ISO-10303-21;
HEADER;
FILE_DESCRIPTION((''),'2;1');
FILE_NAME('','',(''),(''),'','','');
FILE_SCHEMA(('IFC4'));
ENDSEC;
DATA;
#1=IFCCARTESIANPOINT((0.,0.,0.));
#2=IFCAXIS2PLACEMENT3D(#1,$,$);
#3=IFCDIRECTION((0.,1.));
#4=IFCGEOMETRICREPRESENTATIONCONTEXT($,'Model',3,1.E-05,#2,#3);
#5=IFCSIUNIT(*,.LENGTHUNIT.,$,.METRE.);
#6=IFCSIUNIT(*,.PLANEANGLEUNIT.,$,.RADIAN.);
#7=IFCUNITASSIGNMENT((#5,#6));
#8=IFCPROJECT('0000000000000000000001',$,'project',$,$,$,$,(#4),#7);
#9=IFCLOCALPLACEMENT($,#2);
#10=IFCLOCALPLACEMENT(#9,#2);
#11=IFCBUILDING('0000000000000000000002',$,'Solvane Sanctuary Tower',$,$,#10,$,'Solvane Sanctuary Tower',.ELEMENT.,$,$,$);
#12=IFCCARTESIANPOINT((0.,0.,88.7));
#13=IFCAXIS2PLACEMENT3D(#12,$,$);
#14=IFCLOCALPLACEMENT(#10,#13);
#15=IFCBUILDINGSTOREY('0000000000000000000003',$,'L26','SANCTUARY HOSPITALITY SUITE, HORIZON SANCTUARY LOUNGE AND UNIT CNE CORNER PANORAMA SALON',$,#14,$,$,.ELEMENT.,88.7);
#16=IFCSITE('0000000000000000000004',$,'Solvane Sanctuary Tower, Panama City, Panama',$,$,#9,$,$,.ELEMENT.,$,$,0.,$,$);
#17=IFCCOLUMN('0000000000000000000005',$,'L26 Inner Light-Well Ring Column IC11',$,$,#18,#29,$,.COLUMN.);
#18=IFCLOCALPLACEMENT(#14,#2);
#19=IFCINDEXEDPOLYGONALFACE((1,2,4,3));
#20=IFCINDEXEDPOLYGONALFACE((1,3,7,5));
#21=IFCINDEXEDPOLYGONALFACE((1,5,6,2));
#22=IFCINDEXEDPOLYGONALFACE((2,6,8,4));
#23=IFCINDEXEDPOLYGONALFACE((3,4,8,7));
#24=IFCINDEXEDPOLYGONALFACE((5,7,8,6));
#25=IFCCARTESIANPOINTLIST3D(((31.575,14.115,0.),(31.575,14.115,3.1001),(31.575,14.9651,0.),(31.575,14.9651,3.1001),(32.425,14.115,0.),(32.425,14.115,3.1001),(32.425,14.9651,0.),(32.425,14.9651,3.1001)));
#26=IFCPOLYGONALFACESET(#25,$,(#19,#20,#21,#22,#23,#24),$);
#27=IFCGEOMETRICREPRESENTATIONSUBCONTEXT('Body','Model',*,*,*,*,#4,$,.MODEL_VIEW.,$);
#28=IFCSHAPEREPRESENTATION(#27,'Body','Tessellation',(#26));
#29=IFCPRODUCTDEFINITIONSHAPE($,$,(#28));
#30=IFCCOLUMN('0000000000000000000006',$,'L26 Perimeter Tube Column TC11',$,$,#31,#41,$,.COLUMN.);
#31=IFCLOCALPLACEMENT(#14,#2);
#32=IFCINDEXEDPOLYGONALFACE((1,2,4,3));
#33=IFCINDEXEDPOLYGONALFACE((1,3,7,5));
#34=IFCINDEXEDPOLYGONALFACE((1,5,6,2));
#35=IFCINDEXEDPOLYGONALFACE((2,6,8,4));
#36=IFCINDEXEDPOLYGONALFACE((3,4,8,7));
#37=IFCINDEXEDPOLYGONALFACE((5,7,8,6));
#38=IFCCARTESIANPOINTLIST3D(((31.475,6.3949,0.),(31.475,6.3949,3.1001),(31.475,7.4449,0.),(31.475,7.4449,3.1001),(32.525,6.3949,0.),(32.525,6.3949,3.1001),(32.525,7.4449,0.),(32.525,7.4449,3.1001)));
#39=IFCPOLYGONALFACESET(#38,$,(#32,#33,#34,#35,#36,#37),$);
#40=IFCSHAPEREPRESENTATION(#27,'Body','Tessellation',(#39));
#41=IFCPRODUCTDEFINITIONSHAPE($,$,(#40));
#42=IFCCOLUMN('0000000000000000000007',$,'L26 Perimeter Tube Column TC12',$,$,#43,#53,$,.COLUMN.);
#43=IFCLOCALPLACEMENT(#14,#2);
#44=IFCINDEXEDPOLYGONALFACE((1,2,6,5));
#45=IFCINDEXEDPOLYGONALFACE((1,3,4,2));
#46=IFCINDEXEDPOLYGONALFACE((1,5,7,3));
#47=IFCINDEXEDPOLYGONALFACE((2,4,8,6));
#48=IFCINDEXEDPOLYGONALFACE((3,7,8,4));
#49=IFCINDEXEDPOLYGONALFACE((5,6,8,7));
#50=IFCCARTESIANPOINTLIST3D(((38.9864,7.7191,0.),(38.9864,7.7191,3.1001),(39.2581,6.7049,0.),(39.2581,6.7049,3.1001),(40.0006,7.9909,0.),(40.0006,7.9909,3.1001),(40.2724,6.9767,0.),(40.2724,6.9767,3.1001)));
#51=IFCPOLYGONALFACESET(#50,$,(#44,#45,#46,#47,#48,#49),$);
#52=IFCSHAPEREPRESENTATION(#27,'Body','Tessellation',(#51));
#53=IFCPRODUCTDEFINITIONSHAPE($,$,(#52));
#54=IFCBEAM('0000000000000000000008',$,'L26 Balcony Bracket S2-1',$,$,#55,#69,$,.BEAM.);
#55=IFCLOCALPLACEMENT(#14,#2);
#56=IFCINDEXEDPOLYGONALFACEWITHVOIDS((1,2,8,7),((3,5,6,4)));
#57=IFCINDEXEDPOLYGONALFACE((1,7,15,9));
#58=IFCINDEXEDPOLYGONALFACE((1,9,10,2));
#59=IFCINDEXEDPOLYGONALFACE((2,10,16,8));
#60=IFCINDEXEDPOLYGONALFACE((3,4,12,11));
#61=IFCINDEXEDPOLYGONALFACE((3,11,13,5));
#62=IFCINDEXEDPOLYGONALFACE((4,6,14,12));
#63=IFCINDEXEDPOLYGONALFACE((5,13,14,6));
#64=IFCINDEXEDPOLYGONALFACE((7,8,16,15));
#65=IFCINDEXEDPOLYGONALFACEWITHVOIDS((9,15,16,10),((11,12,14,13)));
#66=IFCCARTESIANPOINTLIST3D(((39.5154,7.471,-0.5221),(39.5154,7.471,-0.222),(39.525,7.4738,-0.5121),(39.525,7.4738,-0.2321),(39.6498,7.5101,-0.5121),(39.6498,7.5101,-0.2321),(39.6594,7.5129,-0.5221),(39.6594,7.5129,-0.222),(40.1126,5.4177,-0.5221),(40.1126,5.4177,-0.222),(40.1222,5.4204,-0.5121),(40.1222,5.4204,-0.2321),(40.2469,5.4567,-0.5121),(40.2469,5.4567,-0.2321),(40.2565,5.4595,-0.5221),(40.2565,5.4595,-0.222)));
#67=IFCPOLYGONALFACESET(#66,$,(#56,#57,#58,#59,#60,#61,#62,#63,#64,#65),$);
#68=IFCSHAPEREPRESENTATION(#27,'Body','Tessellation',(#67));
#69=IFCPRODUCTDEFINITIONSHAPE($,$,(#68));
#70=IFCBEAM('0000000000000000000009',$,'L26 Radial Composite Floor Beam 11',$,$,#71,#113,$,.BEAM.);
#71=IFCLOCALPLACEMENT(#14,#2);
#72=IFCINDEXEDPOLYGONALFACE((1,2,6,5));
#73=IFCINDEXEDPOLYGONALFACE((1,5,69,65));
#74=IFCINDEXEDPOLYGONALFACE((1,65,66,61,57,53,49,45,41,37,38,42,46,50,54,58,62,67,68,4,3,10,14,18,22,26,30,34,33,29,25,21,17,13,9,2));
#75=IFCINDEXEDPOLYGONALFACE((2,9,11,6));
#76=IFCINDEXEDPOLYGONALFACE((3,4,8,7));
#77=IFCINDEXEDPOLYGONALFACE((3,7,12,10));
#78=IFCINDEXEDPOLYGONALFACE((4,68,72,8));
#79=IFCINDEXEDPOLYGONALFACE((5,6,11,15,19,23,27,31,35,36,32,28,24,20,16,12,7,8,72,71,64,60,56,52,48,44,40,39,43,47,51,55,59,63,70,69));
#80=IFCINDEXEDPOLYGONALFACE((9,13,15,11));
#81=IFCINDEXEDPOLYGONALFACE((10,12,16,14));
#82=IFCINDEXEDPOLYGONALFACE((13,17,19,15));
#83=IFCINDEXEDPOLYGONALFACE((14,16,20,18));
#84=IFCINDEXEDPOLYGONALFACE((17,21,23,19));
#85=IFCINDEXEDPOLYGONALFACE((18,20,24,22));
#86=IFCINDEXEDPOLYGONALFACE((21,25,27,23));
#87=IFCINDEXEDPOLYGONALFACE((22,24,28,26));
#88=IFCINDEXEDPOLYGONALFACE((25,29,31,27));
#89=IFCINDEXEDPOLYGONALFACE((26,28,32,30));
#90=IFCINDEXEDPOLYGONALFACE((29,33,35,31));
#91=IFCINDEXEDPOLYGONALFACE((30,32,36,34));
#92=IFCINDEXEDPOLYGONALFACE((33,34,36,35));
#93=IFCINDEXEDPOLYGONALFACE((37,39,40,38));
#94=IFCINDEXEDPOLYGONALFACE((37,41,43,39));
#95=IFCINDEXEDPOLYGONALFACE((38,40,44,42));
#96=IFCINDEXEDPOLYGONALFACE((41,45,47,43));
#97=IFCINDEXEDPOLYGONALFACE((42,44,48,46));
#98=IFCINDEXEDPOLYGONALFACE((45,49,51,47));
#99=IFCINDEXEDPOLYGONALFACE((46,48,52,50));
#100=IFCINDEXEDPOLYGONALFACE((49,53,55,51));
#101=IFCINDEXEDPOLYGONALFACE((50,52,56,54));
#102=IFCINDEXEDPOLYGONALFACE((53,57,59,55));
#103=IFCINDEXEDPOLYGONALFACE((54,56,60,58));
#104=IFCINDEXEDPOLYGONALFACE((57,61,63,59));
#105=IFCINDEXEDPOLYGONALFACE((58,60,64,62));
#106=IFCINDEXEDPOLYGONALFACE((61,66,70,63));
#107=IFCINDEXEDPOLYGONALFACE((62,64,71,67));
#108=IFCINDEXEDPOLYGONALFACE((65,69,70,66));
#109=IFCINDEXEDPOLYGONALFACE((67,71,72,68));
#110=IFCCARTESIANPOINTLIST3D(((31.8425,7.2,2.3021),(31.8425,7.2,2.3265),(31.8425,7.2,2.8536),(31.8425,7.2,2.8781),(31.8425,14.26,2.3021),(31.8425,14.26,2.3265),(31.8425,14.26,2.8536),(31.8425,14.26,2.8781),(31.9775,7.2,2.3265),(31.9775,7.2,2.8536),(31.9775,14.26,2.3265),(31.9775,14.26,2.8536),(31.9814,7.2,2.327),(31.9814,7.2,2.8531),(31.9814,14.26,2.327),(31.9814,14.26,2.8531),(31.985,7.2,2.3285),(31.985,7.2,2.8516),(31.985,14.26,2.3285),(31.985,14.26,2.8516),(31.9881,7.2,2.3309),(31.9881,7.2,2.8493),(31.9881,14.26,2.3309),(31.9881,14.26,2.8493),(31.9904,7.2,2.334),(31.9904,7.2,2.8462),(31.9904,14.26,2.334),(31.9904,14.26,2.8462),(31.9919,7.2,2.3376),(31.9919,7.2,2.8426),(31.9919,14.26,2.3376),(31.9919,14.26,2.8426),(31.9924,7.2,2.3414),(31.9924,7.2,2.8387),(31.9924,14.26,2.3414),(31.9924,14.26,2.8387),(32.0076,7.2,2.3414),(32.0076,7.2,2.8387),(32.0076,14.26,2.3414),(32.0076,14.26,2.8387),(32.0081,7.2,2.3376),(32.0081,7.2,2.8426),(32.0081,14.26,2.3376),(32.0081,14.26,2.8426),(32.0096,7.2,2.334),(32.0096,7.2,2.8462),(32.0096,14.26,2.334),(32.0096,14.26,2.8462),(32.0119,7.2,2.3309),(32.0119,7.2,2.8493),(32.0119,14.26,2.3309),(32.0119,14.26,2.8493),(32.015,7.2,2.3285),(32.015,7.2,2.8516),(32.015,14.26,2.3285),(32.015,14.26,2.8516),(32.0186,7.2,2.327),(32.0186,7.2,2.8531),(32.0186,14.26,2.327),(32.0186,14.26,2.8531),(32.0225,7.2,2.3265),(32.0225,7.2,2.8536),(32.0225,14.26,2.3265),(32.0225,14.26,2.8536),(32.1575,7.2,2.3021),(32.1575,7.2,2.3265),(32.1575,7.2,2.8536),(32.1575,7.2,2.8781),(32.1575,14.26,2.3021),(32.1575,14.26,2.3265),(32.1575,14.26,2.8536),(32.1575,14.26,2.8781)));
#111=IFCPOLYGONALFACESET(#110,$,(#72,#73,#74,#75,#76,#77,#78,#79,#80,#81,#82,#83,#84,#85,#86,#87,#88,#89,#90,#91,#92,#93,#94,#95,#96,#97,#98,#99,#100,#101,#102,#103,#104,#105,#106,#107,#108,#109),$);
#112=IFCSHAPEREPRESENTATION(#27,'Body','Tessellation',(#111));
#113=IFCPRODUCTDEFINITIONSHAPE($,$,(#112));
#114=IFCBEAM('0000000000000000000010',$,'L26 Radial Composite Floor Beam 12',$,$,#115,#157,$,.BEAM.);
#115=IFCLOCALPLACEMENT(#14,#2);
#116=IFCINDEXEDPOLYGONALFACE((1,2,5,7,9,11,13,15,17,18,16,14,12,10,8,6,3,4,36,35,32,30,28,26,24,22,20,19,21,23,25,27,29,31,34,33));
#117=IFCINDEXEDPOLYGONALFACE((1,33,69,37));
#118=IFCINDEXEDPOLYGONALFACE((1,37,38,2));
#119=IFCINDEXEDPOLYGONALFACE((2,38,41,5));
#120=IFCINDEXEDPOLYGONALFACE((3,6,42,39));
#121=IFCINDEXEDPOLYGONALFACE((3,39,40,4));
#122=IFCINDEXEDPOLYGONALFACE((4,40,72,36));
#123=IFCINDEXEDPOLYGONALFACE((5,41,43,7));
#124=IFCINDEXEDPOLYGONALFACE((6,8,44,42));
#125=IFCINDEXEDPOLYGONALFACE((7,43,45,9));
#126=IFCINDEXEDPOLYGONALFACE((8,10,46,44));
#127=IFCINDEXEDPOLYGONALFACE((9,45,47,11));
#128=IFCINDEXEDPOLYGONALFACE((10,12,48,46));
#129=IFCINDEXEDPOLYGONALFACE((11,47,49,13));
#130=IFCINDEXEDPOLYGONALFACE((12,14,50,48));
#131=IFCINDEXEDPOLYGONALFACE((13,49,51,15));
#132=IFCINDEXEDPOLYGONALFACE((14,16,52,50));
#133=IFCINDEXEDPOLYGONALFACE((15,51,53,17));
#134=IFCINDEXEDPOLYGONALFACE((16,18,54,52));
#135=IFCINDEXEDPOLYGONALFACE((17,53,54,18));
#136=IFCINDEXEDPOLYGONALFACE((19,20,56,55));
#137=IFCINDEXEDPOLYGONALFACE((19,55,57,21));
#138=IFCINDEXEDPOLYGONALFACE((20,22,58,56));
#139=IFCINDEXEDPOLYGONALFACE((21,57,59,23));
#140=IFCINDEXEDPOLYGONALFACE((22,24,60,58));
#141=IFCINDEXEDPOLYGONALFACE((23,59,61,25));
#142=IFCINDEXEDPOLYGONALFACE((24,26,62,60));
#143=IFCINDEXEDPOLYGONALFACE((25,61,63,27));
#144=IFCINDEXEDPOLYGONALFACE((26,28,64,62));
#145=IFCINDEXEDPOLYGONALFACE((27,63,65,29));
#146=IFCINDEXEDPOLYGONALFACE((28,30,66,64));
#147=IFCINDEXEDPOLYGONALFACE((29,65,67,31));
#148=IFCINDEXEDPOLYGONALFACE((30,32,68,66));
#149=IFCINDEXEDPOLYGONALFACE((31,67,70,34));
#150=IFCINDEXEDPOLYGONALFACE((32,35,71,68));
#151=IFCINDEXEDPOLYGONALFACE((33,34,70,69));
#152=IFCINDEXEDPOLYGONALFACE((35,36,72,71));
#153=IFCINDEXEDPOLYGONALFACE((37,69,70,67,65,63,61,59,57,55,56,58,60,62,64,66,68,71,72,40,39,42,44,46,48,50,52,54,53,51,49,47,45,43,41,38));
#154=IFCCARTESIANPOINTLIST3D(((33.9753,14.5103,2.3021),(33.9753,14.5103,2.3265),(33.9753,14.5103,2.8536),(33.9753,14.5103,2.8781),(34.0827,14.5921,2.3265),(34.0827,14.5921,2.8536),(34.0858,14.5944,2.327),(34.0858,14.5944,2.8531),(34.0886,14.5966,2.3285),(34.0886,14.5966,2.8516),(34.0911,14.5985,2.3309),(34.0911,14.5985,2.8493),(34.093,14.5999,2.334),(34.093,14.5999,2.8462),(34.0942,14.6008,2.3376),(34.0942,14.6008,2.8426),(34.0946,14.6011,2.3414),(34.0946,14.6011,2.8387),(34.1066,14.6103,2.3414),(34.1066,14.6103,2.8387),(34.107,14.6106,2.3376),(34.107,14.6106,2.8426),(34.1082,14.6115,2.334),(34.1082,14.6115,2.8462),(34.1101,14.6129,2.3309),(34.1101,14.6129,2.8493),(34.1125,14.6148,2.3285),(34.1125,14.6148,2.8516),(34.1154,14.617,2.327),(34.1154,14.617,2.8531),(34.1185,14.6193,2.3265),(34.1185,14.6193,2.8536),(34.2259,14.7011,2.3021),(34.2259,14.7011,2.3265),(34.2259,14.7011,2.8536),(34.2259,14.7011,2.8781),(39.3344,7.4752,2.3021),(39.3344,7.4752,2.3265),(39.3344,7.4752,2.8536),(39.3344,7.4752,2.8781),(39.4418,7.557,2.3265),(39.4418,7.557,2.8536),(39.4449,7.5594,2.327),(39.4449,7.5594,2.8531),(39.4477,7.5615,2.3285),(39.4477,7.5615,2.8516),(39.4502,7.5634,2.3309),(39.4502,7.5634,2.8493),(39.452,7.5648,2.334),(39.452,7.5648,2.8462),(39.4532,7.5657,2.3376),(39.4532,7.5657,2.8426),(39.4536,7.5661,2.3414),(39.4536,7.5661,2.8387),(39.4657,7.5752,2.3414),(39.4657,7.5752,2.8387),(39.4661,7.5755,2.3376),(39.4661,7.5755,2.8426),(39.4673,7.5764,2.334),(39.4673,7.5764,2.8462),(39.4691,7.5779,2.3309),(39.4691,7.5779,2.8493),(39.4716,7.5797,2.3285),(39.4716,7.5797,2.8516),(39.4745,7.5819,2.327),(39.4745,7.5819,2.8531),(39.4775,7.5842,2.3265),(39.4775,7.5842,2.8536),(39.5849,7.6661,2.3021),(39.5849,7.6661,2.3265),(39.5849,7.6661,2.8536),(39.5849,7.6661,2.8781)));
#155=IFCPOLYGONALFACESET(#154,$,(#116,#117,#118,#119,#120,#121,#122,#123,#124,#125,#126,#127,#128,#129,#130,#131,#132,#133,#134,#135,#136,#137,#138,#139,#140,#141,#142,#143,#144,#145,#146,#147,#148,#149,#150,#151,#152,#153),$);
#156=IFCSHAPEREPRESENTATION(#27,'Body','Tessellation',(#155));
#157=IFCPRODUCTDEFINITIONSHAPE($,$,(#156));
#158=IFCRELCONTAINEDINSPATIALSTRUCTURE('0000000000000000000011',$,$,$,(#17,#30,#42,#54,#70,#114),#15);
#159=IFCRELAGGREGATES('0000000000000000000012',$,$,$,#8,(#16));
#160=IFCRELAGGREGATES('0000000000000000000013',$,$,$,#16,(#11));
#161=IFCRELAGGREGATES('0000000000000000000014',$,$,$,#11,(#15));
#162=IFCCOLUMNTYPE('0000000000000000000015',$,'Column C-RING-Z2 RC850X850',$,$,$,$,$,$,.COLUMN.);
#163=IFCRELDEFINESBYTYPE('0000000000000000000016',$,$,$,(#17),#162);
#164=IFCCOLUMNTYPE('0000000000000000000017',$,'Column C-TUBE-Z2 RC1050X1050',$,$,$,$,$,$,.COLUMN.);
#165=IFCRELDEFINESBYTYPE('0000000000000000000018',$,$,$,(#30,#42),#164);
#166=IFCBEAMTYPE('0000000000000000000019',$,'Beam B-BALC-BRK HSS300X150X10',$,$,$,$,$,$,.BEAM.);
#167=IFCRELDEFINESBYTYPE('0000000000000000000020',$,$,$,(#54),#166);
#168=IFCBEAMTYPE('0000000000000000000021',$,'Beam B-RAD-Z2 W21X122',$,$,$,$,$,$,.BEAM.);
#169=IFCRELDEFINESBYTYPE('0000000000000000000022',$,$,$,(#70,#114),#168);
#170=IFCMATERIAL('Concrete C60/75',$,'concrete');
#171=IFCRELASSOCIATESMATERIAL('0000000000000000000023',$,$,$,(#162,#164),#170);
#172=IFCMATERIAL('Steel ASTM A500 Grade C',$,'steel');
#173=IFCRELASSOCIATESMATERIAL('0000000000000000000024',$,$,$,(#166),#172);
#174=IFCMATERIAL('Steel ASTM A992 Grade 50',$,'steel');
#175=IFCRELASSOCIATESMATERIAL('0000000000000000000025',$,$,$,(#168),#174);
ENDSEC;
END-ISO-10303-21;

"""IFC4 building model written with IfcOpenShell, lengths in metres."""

from ifc_helpers import new_model, si_unit, direction, frame, origin, origin_2d, place, context, subcontext, project, spatial, rectangle, hollow_rectangle, i_section, extrude, material, material_profile, profile_set, type_object, element, save


model = new_model("IFC4")

# Units and contexts
model_context = context("Model", 3, precision=1e-05, world=origin(), true_north=direction((0.0, 1.0)))
body_context = subcontext(model_context, "Body", "Model", "MODEL_VIEW")
ifc_project = project(units=[si_unit("LENGTHUNIT", "METRE"), si_unit("PLANEANGLEUNIT", "RADIAN")], contexts=[model_context])

# Site, building, storey
site_placement = place(None, origin())
site = spatial("IfcSite", under=ifc_project, at=site_placement, Name="Solvane Sanctuary Tower, Panama City, Panama", CompositionType="ELEMENT", RefElevation=0.0)
building_placement = place(site_placement, origin())
building = spatial("IfcBuilding", under=site, at=building_placement, Name="Solvane Sanctuary Tower", LongName="Solvane Sanctuary Tower", CompositionType="ELEMENT")
storey_placement = place(building_placement, frame((0.0, 0.0, 88.7)))
storey = spatial("IfcBuildingStorey", under=building, at=storey_placement, Name="L26", Description="SANCTUARY HOSPITALITY SUITE, HORIZON SANCTUARY LOUNGE AND UNIT CNE CORNER PANORAMA SALON", CompositionType="ELEMENT", Elevation=88.7)

# Columns
ifc_material_1 = material(Name="Concrete C60/75", Category="concrete")
ifc_material_profile_1 = material_profile(ifc_material_1, rectangle(XDim=0.8501, YDim=0.8501, at=origin_2d()), Name="RC850X850")
ifc_profile_set_1 = profile_set([ifc_material_profile_1], Name="Concrete C60/75")
column_type_1 = type_object("IfcColumnType", Name="Column C-RING-Z2 RC850X850", PredefinedType="COLUMN", material=ifc_profile_set_1)
column_placement = place(storey_placement, frame((32.0, 14.54, 0.0), z_axis=(0.0, 0.0, 1.0), x_axis=(1.0, 0.0, 0.0)))
element("IfcColumn", 1, at=column_placement, inside=storey, type_object=column_type_1, Name="L26 Inner Light-Well Ring Column IC11", PredefinedType="COLUMN", context=body_context, shape_type="SweptSolid", body=[
    extrude(rectangle(XDim=0.8501, YDim=0.8501, at=origin_2d()), origin(), (0.0, 0.0, 1.0), 3.1001),
])
ifc_material_profile_2 = material_profile(ifc_material_1, rectangle(XDim=1.05, YDim=1.05, at=origin_2d()), Name="RC1050X1050")
ifc_profile_set_2 = profile_set([ifc_material_profile_2], Name="Concrete C60/75")
column_type_2 = type_object("IfcColumnType", Name="Column C-TUBE-Z2 RC1050X1050", PredefinedType="COLUMN", material=ifc_profile_set_2)
for number, where, z_axis, x_axis, name in (
    (2, (32.0, 6.9199, 0.0), (0.0, 0.0, 1.0), (0.0, -1.0, 0.0), "L26 Perimeter Tube Column TC11"),
    (3, (39.6294, 7.3479, 0.0), (0.0, 0.0, 1.0), (0.258819, -0.965926, 0.0), "L26 Perimeter Tube Column TC12"),
):
    element("IfcColumn", number, at=place(storey_placement, frame(where, z_axis=z_axis, x_axis=x_axis)), inside=storey, type_object=column_type_2, Name=name, PredefinedType="COLUMN", context=body_context, shape_type="SweptSolid", body=[
        extrude(rectangle(XDim=1.05, YDim=1.05, at=origin_2d()), origin(), (0.0, 0.0, 1.0), 3.1001),
    ])

# Beams
ifc_material_2 = material(Name="Steel ASTM A500 Grade C", Category="steel")
ifc_material_profile_3 = material_profile(ifc_material_2, hollow_rectangle(XDim=0.1499, YDim=0.3, WallThickness=0.01, at=origin_2d()), Name="HSS300X150X10")
ifc_profile_set_3 = profile_set([ifc_material_profile_3], Name="Steel ASTM A500 Grade C")
beam_type_1 = type_object("IfcBeamType", Name="Beam B-BALC-BRK HSS300X150X10", PredefinedType="BEAM", material=ifc_profile_set_3)
beam_1_placement = place(storey_placement, frame((39.5874, 7.4919, -0.3721), z_axis=(0.279242, -0.960221, 0.0), x_axis=(0.960221, 0.279242, 0.0)))
element("IfcBeam", 4, at=beam_1_placement, inside=storey, type_object=beam_type_1, Name="L26 Balcony Bracket S2-1", PredefinedType="BEAM", context=body_context, shape_type="SweptSolid", body=[
    extrude(hollow_rectangle(XDim=0.1499, YDim=0.3, WallThickness=0.01, at=origin_2d()), origin(), (0.0, 0.0, 1.0), 2.1384),
])
ifc_material_3 = material(Name="Steel ASTM A992 Grade 50", Category="steel")
ifc_material_profile_4 = material_profile(ifc_material_3, i_section(OverallWidth=0.3149, OverallDepth=0.5759, WebThickness=0.0151, FlangeThickness=0.0244, FilletRadius=0.0149, at=origin_2d()), Name="W21X122")
ifc_profile_set_4 = profile_set([ifc_material_profile_4], Name="Steel ASTM A992 Grade 50")
beam_type_2 = type_object("IfcBeamType", Name="Beam B-RAD-Z2 W21X122", PredefinedType="BEAM", material=ifc_profile_set_4)
beam_2_placement = place(storey_placement, frame((32.0, 14.26, 2.5901), z_axis=(0.0, -1.0, 0.0), x_axis=(1.0, 0.0, 0.0)))
element("IfcBeam", 5, at=beam_2_placement, inside=storey, type_object=beam_type_2, Name="L26 Radial Composite Floor Beam 11", PredefinedType="BEAM", context=body_context, shape_type="SweptSolid", body=[
    extrude(i_section(OverallWidth=0.3149, OverallDepth=0.5759, WebThickness=0.0151, FlangeThickness=0.0244, FilletRadius=0.0149, at=origin_2d()), origin(), (0.0, 0.0, 1.0), 7.0601),
])
beam_3_placement = place(storey_placement, frame((34.1006, 14.6057, 2.5901), z_axis=(0.605973, -0.795486, 0.0), x_axis=(0.795486, 0.605973, 0.0)))
element("IfcBeam", 6, at=beam_3_placement, inside=storey, type_object=beam_type_2, Name="L26 Radial Composite Floor Beam 12", PredefinedType="BEAM", context=body_context, shape_type="SweptSolid", body=[
    extrude(i_section(OverallWidth=0.3149, OverallDepth=0.5759, WebThickness=0.0151, FlangeThickness=0.0244, FilletRadius=0.0149, at=origin_2d()), origin(), (0.0, 0.0, 1.0), 8.8438),
])

save(model, "model.ifc")
